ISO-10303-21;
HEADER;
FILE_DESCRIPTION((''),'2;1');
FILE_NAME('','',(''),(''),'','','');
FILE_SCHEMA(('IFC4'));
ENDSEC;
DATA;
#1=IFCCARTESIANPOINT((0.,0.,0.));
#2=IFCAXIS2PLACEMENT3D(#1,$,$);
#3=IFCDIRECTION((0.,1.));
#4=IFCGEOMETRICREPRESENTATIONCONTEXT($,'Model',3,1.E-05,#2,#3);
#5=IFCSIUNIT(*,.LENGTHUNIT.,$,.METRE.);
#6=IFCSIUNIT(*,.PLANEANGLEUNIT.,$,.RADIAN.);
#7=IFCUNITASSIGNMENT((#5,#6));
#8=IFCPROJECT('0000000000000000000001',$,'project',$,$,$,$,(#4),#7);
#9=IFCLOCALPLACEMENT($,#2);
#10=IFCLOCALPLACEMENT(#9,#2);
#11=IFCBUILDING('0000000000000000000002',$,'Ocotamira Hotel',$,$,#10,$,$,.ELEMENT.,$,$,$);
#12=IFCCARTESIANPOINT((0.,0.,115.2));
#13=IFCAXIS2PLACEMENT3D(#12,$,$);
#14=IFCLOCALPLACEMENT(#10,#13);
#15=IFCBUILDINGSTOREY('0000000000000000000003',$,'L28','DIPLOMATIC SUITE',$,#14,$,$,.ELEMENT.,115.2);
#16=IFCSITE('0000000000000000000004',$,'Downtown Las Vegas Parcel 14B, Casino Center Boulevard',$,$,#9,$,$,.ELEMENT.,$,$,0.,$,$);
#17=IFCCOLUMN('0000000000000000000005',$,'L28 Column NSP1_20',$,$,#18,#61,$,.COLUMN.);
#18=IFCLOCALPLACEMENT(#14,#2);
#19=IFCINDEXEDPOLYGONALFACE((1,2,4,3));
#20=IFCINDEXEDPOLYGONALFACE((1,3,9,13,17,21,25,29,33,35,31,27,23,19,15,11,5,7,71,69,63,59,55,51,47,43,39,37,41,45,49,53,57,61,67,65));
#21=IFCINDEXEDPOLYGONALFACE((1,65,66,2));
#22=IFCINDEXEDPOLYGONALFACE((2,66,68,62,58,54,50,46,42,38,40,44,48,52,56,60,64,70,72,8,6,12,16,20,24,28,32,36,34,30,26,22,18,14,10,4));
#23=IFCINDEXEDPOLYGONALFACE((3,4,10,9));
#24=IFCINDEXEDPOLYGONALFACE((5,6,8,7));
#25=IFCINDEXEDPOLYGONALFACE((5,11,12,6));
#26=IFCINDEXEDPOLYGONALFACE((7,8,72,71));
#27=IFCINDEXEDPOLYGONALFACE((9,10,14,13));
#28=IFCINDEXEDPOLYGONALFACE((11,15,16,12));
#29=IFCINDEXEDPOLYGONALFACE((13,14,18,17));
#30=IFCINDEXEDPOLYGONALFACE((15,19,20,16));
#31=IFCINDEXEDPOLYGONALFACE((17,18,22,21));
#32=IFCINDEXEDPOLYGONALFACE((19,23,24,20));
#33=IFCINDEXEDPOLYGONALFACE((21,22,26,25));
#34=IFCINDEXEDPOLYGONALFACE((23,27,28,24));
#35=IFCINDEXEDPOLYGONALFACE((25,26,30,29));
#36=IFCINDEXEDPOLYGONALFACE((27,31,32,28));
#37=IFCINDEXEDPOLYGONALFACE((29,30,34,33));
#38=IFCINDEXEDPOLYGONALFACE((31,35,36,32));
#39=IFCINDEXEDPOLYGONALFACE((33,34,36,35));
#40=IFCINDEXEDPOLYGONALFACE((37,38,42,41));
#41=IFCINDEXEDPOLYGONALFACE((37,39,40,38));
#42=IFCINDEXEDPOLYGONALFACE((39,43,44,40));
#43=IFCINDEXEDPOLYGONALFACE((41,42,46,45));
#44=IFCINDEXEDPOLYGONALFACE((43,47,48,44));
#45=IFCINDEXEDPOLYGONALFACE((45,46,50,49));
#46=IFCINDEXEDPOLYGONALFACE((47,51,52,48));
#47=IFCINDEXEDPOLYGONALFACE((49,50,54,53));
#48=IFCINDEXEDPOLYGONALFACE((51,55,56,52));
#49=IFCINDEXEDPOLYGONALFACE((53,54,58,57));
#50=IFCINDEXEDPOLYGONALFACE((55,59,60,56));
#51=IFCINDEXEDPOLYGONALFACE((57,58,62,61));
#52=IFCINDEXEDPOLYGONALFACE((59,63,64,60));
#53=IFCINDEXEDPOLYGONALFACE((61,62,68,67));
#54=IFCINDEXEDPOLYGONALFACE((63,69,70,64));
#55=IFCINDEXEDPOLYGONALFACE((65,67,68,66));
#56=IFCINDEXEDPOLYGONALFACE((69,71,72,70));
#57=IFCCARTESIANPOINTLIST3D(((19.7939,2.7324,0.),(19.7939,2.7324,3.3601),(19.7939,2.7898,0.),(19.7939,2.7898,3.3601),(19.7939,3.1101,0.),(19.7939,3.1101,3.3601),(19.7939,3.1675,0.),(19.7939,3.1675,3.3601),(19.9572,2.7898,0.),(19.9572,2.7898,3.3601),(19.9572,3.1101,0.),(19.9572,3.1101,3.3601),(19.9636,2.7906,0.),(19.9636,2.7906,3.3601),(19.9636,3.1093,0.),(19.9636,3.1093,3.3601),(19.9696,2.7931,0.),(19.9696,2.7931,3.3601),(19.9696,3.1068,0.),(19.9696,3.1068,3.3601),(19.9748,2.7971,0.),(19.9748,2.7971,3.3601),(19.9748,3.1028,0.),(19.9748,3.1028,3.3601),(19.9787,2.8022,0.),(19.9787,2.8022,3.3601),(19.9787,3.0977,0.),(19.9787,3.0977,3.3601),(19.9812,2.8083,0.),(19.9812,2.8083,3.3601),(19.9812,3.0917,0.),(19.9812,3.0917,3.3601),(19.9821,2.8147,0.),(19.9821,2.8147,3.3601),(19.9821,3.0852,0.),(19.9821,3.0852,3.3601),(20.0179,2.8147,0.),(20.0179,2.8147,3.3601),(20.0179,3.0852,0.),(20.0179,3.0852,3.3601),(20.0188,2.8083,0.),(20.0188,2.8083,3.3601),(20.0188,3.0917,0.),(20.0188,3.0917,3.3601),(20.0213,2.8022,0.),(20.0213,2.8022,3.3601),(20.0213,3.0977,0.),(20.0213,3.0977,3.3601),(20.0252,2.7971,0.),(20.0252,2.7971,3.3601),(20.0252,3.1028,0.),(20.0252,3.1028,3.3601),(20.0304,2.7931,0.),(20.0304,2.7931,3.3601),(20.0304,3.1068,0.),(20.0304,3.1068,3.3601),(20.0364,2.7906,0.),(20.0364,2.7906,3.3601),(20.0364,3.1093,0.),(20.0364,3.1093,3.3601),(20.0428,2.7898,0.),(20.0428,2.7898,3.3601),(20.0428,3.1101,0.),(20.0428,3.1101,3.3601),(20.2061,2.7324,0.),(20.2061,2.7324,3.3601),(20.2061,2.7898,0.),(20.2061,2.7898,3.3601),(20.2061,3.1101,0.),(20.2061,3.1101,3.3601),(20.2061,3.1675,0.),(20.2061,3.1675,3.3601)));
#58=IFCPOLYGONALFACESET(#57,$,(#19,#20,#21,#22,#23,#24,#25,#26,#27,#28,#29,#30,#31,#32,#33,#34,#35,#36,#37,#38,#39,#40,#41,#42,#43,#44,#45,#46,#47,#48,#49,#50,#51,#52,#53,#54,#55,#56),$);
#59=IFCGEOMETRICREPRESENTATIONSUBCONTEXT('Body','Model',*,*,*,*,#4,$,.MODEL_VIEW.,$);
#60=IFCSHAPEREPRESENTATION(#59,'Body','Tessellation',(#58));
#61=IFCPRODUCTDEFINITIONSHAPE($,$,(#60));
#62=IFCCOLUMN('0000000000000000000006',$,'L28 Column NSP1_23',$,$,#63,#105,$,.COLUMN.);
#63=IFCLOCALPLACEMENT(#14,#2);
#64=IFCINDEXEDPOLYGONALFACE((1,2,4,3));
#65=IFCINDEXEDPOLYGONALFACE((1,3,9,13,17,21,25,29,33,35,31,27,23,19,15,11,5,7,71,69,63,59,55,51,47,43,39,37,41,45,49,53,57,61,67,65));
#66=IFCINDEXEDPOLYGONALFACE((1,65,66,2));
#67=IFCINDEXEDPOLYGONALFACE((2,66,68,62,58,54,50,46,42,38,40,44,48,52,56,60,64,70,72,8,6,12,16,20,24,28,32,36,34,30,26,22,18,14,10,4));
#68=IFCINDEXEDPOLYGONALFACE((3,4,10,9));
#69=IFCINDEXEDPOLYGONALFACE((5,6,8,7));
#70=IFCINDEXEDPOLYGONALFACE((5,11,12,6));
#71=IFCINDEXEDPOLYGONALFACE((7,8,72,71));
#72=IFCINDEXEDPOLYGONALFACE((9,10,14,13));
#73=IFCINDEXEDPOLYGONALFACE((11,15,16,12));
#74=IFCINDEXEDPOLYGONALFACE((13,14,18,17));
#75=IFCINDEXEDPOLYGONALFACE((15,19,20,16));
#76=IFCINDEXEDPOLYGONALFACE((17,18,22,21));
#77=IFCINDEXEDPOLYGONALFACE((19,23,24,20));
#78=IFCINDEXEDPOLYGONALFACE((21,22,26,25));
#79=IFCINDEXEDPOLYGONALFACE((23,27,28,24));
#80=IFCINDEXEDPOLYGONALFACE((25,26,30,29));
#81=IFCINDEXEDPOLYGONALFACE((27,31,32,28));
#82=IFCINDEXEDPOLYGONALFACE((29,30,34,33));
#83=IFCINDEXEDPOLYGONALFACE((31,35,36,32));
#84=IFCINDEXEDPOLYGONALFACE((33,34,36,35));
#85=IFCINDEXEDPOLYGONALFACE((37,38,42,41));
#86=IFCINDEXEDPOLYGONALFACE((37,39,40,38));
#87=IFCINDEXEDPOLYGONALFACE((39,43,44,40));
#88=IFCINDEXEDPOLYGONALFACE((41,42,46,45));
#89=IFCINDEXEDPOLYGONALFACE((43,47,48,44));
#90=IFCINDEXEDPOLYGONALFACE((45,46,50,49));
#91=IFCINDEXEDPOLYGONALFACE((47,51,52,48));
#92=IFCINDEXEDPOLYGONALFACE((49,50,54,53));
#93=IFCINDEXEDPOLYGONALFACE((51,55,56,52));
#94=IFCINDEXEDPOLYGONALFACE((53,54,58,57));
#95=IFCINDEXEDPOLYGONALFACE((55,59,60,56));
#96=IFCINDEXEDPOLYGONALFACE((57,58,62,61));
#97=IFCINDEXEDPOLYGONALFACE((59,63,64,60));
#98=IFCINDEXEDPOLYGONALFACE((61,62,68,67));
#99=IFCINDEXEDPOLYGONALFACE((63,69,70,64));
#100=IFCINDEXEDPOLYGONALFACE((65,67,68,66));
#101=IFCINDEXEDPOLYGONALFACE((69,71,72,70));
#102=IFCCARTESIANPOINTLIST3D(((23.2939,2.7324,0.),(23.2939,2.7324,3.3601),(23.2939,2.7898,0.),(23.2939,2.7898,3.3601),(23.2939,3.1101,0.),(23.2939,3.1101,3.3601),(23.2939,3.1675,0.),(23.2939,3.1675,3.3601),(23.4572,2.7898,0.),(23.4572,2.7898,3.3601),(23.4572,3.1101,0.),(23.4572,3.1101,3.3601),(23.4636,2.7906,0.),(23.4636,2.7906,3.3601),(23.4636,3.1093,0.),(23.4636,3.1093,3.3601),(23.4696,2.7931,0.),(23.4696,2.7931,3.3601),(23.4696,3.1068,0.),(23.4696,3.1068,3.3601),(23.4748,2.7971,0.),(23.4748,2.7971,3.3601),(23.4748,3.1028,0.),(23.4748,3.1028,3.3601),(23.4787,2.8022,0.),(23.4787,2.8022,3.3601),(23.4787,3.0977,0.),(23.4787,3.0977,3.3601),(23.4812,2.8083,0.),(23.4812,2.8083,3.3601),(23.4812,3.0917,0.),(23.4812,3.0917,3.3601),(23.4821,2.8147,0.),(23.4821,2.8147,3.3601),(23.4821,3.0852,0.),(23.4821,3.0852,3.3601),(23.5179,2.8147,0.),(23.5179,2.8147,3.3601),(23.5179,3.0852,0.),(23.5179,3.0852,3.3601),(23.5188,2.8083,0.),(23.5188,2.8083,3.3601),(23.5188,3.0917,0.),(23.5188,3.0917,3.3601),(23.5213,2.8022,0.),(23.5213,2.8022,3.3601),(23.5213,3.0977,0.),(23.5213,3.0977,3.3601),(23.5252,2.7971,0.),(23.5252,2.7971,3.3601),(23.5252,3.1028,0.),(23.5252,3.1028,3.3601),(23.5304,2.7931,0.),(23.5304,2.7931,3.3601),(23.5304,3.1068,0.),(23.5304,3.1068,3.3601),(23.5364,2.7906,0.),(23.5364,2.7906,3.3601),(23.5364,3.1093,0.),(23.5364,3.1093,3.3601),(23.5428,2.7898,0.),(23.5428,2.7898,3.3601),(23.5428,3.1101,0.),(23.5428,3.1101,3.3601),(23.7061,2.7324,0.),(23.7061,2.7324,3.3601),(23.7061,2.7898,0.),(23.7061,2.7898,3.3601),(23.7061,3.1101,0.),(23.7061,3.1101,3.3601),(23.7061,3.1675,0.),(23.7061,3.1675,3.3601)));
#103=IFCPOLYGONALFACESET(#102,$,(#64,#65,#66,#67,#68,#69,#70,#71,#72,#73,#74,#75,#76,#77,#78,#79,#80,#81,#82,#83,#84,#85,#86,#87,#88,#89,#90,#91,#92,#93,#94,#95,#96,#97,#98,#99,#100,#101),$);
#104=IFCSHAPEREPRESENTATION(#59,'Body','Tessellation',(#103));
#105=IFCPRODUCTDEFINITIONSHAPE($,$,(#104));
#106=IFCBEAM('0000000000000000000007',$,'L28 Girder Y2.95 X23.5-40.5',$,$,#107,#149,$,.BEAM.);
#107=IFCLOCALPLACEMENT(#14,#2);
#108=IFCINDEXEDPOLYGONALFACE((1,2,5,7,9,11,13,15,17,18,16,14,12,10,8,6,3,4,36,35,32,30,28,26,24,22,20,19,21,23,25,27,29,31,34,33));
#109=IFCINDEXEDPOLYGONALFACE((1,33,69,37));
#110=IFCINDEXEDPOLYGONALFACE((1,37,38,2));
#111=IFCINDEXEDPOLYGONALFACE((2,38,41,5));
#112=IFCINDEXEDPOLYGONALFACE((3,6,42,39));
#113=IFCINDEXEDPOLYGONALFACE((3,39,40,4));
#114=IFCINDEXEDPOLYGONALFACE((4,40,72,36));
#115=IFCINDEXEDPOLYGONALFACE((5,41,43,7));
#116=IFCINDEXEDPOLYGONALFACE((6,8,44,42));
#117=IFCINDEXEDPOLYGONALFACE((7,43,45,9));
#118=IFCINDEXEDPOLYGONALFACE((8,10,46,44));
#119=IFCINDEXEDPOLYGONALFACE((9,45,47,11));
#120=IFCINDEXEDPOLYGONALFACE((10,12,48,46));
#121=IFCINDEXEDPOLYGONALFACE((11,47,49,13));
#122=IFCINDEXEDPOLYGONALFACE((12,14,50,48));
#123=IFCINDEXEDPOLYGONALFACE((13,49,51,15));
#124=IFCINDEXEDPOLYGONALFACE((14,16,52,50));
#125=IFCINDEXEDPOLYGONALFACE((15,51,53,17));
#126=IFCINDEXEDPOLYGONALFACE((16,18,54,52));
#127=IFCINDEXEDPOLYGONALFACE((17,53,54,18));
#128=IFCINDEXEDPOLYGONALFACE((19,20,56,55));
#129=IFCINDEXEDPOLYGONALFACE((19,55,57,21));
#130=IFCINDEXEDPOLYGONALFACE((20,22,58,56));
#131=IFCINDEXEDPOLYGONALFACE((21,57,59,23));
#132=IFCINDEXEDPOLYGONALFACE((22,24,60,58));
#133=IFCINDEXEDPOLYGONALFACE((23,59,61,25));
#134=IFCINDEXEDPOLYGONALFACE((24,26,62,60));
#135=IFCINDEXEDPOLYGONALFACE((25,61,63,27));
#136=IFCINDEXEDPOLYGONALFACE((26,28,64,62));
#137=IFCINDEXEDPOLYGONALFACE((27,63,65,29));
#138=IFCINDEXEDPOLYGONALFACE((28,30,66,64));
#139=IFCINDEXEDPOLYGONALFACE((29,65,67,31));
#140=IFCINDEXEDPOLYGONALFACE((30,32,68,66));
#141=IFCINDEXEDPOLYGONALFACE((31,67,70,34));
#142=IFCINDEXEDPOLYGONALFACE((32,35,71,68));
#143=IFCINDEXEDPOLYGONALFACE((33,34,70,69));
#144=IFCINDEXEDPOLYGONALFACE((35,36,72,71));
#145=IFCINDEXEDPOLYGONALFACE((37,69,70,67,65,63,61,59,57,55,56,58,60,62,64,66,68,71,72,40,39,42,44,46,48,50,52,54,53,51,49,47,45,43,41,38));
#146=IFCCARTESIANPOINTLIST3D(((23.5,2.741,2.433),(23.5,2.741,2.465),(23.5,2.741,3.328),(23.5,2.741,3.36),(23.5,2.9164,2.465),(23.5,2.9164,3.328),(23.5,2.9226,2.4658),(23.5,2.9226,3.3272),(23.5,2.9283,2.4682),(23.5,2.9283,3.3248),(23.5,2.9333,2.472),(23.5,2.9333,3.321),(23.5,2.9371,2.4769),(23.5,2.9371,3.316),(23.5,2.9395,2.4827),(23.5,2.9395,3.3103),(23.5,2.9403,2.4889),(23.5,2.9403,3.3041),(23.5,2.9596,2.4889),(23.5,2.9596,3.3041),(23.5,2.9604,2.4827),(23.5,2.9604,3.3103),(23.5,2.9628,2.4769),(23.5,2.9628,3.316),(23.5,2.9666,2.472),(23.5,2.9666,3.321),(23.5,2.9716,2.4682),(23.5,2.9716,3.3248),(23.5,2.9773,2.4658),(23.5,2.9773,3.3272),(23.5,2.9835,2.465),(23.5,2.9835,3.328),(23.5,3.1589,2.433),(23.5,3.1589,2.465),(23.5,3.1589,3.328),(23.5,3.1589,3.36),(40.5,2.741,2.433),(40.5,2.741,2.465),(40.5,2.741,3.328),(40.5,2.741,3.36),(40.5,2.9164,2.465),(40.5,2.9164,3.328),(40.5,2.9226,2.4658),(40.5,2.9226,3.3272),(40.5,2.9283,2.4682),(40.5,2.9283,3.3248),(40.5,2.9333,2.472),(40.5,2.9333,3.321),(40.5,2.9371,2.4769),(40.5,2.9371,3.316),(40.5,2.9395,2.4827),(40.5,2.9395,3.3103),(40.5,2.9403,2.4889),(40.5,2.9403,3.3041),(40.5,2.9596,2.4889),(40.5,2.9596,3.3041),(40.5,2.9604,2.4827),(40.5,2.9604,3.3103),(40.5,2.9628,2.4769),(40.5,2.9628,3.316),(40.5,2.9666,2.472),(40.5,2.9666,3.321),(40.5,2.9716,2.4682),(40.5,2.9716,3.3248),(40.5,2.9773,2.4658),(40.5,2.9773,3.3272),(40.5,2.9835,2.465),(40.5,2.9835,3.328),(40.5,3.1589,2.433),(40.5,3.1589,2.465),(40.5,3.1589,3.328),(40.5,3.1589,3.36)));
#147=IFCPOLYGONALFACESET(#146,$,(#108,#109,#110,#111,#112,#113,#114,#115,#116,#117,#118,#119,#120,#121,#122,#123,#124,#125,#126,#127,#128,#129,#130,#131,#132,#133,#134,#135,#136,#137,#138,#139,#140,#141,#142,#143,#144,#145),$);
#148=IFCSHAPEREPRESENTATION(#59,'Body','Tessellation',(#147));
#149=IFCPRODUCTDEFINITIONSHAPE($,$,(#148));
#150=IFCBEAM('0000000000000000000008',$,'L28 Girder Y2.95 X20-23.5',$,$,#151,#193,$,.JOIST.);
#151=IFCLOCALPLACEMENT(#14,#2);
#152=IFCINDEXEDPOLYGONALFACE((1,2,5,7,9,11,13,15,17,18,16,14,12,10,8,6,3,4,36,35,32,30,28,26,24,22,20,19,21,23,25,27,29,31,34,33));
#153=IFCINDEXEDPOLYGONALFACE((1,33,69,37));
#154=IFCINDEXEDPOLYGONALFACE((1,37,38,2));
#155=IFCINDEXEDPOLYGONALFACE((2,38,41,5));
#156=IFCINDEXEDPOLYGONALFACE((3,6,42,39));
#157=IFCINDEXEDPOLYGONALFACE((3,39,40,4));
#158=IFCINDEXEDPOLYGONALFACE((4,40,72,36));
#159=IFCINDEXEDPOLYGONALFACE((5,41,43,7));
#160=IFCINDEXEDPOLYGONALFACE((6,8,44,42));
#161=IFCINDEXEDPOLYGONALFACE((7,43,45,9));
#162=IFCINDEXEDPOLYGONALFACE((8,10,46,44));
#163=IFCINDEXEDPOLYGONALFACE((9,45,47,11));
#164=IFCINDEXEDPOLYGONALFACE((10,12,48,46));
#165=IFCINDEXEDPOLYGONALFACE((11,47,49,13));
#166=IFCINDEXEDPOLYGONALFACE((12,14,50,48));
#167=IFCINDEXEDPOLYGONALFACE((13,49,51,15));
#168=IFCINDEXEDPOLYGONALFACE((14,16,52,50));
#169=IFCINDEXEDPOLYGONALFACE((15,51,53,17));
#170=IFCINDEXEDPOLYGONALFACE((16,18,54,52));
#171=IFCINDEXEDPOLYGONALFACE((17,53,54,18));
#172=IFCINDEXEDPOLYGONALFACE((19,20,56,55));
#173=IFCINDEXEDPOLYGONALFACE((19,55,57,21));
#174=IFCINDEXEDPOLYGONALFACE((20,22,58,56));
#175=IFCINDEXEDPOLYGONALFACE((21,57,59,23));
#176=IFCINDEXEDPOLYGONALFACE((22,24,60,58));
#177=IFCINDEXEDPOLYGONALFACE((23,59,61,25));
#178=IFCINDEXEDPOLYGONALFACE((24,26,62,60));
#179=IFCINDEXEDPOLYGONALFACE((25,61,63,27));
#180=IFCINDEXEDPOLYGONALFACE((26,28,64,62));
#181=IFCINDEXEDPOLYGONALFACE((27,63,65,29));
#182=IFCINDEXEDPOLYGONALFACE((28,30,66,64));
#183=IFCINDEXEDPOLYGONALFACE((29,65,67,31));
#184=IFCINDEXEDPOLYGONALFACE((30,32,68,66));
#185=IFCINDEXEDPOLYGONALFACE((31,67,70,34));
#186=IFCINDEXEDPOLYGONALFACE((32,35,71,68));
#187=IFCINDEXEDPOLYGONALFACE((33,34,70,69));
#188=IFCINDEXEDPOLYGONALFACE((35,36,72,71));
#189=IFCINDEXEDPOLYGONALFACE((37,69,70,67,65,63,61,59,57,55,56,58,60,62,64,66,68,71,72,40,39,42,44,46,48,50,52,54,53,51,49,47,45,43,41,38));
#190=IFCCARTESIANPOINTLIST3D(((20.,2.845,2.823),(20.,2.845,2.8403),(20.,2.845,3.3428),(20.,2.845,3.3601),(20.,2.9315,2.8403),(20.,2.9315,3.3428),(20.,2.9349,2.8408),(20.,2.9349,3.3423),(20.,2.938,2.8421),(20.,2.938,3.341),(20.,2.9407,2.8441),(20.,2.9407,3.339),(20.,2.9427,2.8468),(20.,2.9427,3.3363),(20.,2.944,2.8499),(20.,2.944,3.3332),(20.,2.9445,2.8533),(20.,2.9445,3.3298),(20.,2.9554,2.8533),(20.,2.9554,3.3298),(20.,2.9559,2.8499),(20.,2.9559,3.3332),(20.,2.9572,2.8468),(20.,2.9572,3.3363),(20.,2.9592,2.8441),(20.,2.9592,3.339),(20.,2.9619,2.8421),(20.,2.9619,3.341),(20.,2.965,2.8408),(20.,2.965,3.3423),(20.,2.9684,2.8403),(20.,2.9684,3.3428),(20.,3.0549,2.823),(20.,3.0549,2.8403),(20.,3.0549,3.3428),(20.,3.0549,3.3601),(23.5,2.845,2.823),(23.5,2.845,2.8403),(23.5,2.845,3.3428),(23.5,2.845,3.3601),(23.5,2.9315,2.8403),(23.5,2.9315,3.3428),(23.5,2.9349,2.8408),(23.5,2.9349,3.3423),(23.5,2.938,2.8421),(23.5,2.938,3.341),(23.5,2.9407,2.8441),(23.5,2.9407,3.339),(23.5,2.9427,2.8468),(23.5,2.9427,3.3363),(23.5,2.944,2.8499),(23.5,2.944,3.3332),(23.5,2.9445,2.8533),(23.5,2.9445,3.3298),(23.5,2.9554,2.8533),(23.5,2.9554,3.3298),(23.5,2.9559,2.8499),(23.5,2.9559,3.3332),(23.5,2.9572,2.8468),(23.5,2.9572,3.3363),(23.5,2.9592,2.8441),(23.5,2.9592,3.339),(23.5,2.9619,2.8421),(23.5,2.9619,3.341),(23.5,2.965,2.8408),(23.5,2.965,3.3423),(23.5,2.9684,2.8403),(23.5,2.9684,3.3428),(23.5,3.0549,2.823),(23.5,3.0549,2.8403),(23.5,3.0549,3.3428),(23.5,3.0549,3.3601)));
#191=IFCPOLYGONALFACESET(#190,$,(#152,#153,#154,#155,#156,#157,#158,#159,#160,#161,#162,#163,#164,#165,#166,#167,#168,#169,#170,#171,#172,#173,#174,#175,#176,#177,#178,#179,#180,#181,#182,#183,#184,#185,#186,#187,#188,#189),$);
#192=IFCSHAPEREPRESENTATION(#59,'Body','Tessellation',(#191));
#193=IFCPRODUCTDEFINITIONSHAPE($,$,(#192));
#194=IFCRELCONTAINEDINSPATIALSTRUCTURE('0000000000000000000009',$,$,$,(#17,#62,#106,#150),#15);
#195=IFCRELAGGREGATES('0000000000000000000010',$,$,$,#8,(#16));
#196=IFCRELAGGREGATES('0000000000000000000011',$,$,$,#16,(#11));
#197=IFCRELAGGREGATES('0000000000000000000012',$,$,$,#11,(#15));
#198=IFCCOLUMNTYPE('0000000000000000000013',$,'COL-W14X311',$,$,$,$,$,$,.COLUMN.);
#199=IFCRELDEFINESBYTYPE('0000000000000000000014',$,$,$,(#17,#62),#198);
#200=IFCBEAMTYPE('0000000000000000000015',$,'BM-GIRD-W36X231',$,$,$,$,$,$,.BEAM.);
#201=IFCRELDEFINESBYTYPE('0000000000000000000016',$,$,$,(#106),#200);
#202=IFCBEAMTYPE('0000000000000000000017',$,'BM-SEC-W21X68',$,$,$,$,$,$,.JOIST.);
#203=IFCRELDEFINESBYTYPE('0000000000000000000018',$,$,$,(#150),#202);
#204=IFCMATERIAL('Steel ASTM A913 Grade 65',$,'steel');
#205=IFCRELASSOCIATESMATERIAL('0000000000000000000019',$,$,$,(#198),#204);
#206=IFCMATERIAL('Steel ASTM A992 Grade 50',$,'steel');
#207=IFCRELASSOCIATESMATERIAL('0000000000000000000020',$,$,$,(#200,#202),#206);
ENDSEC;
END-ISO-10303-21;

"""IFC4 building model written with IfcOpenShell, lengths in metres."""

from ifc_helpers import new_model, si_unit, direction, frame, origin, origin_2d, place, context, subcontext, project, spatial, i_section, extrude, source, transform, mapped, material, material_profile, profile_set, type_object, element, save


model = new_model("IFC4")

# Units and contexts
model_context = context("Model", 3, precision=1e-05, world=origin(), true_north=direction((0.0, 1.0)))
body_context = subcontext(model_context, "Body", "Model", "MODEL_VIEW")
ifc_project = project(units=[si_unit("LENGTHUNIT", "METRE"), si_unit("PLANEANGLEUNIT", "RADIAN")], contexts=[model_context])

# Site, building, storey
site_placement = place(None, origin())
site = spatial("IfcSite", under=ifc_project, at=site_placement, Name="Downtown Las Vegas Parcel 14B, Casino Center Boulevard", CompositionType="ELEMENT", RefElevation=0.0)
building_placement = place(site_placement, origin())
building = spatial("IfcBuilding", under=site, at=building_placement, Name="Ocotamira Hotel", CompositionType="ELEMENT")
storey_placement = place(building_placement, frame((0.0, 0.0, 115.2)))
storey = spatial("IfcBuildingStorey", under=building, at=storey_placement, Name="L28", Description="DIPLOMATIC SUITE", CompositionType="ELEMENT", Elevation=115.2)

# Columns
ifc_material_1 = material(Name="Steel ASTM A913 Grade 65", Category="steel")
ifc_material_profile_1 = material_profile(ifc_material_1, i_section(OverallWidth=0.4121, OverallDepth=0.4351, WebThickness=0.0359, FlangeThickness=0.0574, FilletRadius=0.0249, at=origin_2d()), Name="W14X311")
ifc_profile_set_1 = profile_set([ifc_material_profile_1], Name="Steel ASTM A913 Grade 65")
column_type = type_object("IfcColumnType", Name="COL-W14X311", PredefinedType="COLUMN", material=ifc_profile_set_1)
shared_shape_1 = source(origin(), body_context, "Body", "SweptSolid", [
    extrude(i_section(OverallWidth=0.4121, OverallDepth=0.4351, WebThickness=0.0359, FlangeThickness=0.0574, FilletRadius=0.0249, at=origin_2d()), origin(), (0.0, 0.0, 1.0), 3.3601),
])
for number, where, z_axis, x_axis, name in (
    (1, (20.0, 2.95, 0.0), (0.0, 0.0, 1.0), (1.0, 0.0, 0.0), "L28 Column NSP1_20"),
    (2, (23.5, 2.95, 0.0), (0.0, 0.0, 1.0), (1.0, 0.0, 0.0), "L28 Column NSP1_23"),
):
    element("IfcColumn", number, at=place(storey_placement, frame(where, z_axis=z_axis, x_axis=x_axis)), inside=storey, type_object=column_type, Name=name, PredefinedType="COLUMN", context=body_context, shape_type="MappedRepresentation", body=[
        mapped(shared_shape_1, transform((0.0, 0.0, 0.0), scale=1.0)),
    ])

# Beams
ifc_material_2 = material(Name="Steel ASTM A992 Grade 50", Category="steel")
ifc_material_profile_2 = material_profile(ifc_material_2, i_section(OverallWidth=0.418, OverallDepth=0.927, WebThickness=0.0193, FlangeThickness=0.032, FilletRadius=0.0239, at=origin_2d()), Name="W36X231")
ifc_profile_set_2 = profile_set([ifc_material_profile_2], Name="Steel ASTM A992 Grade 50")
beam_type_1 = type_object("IfcBeamType", Name="BM-GIRD-W36X231", PredefinedType="BEAM", material=ifc_profile_set_2)
shared_shape_2 = source(origin(), body_context, "Body", "SweptSolid", [
    extrude(i_section(OverallWidth=0.418, OverallDepth=0.927, WebThickness=0.0193, FlangeThickness=0.032, FilletRadius=0.0239, at=origin_2d()), origin(), (0.0, 0.0, 1.0), 17.0),
])
beam_1_placement = place(storey_placement, frame((23.5, 2.95, 2.8965), z_axis=(1.0, 0.0, 0.0), x_axis=(0.0, 1.0, 0.0)))
element("IfcBeam", 3, at=beam_1_placement, inside=storey, type_object=beam_type_1, Name="L28 Girder Y2.95 X23.5-40.5", PredefinedType="BEAM", context=body_context, shape_type="MappedRepresentation", body=[
    mapped(shared_shape_2, transform((0.0, 0.0, 0.0), scale=1.0)),
])
ifc_material_profile_3 = material_profile(ifc_material_2, i_section(OverallWidth=0.21, OverallDepth=0.5371, WebThickness=0.011, FlangeThickness=0.0173, FilletRadius=0.0129, at=origin_2d()), Name="W21X68")
ifc_profile_set_3 = profile_set([ifc_material_profile_3], Name="Steel ASTM A992 Grade 50")
beam_type_2 = type_object("IfcBeamType", Name="BM-SEC-W21X68", PredefinedType="JOIST", material=ifc_profile_set_3)
shared_shape_3 = source(origin(), body_context, "Body", "SweptSolid", [
    extrude(i_section(OverallWidth=0.21, OverallDepth=0.5371, WebThickness=0.011, FlangeThickness=0.0173, FilletRadius=0.0129, at=origin_2d()), origin(), (0.0, 0.0, 1.0), 3.5),
])
beam_2_placement = place(storey_placement, frame((20.0, 2.95, 3.0916), z_axis=(1.0, 0.0, 0.0), x_axis=(0.0, 1.0, 0.0)))
element("IfcBeam", 4, at=beam_2_placement, inside=storey, type_object=beam_type_2, Name="L28 Girder Y2.95 X20-23.5", PredefinedType="JOIST", context=body_context, shape_type="MappedRepresentation", body=[
    mapped(shared_shape_3, transform((0.0, 0.0, 0.0), scale=1.0)),
])

save(model, "model.ifc")
